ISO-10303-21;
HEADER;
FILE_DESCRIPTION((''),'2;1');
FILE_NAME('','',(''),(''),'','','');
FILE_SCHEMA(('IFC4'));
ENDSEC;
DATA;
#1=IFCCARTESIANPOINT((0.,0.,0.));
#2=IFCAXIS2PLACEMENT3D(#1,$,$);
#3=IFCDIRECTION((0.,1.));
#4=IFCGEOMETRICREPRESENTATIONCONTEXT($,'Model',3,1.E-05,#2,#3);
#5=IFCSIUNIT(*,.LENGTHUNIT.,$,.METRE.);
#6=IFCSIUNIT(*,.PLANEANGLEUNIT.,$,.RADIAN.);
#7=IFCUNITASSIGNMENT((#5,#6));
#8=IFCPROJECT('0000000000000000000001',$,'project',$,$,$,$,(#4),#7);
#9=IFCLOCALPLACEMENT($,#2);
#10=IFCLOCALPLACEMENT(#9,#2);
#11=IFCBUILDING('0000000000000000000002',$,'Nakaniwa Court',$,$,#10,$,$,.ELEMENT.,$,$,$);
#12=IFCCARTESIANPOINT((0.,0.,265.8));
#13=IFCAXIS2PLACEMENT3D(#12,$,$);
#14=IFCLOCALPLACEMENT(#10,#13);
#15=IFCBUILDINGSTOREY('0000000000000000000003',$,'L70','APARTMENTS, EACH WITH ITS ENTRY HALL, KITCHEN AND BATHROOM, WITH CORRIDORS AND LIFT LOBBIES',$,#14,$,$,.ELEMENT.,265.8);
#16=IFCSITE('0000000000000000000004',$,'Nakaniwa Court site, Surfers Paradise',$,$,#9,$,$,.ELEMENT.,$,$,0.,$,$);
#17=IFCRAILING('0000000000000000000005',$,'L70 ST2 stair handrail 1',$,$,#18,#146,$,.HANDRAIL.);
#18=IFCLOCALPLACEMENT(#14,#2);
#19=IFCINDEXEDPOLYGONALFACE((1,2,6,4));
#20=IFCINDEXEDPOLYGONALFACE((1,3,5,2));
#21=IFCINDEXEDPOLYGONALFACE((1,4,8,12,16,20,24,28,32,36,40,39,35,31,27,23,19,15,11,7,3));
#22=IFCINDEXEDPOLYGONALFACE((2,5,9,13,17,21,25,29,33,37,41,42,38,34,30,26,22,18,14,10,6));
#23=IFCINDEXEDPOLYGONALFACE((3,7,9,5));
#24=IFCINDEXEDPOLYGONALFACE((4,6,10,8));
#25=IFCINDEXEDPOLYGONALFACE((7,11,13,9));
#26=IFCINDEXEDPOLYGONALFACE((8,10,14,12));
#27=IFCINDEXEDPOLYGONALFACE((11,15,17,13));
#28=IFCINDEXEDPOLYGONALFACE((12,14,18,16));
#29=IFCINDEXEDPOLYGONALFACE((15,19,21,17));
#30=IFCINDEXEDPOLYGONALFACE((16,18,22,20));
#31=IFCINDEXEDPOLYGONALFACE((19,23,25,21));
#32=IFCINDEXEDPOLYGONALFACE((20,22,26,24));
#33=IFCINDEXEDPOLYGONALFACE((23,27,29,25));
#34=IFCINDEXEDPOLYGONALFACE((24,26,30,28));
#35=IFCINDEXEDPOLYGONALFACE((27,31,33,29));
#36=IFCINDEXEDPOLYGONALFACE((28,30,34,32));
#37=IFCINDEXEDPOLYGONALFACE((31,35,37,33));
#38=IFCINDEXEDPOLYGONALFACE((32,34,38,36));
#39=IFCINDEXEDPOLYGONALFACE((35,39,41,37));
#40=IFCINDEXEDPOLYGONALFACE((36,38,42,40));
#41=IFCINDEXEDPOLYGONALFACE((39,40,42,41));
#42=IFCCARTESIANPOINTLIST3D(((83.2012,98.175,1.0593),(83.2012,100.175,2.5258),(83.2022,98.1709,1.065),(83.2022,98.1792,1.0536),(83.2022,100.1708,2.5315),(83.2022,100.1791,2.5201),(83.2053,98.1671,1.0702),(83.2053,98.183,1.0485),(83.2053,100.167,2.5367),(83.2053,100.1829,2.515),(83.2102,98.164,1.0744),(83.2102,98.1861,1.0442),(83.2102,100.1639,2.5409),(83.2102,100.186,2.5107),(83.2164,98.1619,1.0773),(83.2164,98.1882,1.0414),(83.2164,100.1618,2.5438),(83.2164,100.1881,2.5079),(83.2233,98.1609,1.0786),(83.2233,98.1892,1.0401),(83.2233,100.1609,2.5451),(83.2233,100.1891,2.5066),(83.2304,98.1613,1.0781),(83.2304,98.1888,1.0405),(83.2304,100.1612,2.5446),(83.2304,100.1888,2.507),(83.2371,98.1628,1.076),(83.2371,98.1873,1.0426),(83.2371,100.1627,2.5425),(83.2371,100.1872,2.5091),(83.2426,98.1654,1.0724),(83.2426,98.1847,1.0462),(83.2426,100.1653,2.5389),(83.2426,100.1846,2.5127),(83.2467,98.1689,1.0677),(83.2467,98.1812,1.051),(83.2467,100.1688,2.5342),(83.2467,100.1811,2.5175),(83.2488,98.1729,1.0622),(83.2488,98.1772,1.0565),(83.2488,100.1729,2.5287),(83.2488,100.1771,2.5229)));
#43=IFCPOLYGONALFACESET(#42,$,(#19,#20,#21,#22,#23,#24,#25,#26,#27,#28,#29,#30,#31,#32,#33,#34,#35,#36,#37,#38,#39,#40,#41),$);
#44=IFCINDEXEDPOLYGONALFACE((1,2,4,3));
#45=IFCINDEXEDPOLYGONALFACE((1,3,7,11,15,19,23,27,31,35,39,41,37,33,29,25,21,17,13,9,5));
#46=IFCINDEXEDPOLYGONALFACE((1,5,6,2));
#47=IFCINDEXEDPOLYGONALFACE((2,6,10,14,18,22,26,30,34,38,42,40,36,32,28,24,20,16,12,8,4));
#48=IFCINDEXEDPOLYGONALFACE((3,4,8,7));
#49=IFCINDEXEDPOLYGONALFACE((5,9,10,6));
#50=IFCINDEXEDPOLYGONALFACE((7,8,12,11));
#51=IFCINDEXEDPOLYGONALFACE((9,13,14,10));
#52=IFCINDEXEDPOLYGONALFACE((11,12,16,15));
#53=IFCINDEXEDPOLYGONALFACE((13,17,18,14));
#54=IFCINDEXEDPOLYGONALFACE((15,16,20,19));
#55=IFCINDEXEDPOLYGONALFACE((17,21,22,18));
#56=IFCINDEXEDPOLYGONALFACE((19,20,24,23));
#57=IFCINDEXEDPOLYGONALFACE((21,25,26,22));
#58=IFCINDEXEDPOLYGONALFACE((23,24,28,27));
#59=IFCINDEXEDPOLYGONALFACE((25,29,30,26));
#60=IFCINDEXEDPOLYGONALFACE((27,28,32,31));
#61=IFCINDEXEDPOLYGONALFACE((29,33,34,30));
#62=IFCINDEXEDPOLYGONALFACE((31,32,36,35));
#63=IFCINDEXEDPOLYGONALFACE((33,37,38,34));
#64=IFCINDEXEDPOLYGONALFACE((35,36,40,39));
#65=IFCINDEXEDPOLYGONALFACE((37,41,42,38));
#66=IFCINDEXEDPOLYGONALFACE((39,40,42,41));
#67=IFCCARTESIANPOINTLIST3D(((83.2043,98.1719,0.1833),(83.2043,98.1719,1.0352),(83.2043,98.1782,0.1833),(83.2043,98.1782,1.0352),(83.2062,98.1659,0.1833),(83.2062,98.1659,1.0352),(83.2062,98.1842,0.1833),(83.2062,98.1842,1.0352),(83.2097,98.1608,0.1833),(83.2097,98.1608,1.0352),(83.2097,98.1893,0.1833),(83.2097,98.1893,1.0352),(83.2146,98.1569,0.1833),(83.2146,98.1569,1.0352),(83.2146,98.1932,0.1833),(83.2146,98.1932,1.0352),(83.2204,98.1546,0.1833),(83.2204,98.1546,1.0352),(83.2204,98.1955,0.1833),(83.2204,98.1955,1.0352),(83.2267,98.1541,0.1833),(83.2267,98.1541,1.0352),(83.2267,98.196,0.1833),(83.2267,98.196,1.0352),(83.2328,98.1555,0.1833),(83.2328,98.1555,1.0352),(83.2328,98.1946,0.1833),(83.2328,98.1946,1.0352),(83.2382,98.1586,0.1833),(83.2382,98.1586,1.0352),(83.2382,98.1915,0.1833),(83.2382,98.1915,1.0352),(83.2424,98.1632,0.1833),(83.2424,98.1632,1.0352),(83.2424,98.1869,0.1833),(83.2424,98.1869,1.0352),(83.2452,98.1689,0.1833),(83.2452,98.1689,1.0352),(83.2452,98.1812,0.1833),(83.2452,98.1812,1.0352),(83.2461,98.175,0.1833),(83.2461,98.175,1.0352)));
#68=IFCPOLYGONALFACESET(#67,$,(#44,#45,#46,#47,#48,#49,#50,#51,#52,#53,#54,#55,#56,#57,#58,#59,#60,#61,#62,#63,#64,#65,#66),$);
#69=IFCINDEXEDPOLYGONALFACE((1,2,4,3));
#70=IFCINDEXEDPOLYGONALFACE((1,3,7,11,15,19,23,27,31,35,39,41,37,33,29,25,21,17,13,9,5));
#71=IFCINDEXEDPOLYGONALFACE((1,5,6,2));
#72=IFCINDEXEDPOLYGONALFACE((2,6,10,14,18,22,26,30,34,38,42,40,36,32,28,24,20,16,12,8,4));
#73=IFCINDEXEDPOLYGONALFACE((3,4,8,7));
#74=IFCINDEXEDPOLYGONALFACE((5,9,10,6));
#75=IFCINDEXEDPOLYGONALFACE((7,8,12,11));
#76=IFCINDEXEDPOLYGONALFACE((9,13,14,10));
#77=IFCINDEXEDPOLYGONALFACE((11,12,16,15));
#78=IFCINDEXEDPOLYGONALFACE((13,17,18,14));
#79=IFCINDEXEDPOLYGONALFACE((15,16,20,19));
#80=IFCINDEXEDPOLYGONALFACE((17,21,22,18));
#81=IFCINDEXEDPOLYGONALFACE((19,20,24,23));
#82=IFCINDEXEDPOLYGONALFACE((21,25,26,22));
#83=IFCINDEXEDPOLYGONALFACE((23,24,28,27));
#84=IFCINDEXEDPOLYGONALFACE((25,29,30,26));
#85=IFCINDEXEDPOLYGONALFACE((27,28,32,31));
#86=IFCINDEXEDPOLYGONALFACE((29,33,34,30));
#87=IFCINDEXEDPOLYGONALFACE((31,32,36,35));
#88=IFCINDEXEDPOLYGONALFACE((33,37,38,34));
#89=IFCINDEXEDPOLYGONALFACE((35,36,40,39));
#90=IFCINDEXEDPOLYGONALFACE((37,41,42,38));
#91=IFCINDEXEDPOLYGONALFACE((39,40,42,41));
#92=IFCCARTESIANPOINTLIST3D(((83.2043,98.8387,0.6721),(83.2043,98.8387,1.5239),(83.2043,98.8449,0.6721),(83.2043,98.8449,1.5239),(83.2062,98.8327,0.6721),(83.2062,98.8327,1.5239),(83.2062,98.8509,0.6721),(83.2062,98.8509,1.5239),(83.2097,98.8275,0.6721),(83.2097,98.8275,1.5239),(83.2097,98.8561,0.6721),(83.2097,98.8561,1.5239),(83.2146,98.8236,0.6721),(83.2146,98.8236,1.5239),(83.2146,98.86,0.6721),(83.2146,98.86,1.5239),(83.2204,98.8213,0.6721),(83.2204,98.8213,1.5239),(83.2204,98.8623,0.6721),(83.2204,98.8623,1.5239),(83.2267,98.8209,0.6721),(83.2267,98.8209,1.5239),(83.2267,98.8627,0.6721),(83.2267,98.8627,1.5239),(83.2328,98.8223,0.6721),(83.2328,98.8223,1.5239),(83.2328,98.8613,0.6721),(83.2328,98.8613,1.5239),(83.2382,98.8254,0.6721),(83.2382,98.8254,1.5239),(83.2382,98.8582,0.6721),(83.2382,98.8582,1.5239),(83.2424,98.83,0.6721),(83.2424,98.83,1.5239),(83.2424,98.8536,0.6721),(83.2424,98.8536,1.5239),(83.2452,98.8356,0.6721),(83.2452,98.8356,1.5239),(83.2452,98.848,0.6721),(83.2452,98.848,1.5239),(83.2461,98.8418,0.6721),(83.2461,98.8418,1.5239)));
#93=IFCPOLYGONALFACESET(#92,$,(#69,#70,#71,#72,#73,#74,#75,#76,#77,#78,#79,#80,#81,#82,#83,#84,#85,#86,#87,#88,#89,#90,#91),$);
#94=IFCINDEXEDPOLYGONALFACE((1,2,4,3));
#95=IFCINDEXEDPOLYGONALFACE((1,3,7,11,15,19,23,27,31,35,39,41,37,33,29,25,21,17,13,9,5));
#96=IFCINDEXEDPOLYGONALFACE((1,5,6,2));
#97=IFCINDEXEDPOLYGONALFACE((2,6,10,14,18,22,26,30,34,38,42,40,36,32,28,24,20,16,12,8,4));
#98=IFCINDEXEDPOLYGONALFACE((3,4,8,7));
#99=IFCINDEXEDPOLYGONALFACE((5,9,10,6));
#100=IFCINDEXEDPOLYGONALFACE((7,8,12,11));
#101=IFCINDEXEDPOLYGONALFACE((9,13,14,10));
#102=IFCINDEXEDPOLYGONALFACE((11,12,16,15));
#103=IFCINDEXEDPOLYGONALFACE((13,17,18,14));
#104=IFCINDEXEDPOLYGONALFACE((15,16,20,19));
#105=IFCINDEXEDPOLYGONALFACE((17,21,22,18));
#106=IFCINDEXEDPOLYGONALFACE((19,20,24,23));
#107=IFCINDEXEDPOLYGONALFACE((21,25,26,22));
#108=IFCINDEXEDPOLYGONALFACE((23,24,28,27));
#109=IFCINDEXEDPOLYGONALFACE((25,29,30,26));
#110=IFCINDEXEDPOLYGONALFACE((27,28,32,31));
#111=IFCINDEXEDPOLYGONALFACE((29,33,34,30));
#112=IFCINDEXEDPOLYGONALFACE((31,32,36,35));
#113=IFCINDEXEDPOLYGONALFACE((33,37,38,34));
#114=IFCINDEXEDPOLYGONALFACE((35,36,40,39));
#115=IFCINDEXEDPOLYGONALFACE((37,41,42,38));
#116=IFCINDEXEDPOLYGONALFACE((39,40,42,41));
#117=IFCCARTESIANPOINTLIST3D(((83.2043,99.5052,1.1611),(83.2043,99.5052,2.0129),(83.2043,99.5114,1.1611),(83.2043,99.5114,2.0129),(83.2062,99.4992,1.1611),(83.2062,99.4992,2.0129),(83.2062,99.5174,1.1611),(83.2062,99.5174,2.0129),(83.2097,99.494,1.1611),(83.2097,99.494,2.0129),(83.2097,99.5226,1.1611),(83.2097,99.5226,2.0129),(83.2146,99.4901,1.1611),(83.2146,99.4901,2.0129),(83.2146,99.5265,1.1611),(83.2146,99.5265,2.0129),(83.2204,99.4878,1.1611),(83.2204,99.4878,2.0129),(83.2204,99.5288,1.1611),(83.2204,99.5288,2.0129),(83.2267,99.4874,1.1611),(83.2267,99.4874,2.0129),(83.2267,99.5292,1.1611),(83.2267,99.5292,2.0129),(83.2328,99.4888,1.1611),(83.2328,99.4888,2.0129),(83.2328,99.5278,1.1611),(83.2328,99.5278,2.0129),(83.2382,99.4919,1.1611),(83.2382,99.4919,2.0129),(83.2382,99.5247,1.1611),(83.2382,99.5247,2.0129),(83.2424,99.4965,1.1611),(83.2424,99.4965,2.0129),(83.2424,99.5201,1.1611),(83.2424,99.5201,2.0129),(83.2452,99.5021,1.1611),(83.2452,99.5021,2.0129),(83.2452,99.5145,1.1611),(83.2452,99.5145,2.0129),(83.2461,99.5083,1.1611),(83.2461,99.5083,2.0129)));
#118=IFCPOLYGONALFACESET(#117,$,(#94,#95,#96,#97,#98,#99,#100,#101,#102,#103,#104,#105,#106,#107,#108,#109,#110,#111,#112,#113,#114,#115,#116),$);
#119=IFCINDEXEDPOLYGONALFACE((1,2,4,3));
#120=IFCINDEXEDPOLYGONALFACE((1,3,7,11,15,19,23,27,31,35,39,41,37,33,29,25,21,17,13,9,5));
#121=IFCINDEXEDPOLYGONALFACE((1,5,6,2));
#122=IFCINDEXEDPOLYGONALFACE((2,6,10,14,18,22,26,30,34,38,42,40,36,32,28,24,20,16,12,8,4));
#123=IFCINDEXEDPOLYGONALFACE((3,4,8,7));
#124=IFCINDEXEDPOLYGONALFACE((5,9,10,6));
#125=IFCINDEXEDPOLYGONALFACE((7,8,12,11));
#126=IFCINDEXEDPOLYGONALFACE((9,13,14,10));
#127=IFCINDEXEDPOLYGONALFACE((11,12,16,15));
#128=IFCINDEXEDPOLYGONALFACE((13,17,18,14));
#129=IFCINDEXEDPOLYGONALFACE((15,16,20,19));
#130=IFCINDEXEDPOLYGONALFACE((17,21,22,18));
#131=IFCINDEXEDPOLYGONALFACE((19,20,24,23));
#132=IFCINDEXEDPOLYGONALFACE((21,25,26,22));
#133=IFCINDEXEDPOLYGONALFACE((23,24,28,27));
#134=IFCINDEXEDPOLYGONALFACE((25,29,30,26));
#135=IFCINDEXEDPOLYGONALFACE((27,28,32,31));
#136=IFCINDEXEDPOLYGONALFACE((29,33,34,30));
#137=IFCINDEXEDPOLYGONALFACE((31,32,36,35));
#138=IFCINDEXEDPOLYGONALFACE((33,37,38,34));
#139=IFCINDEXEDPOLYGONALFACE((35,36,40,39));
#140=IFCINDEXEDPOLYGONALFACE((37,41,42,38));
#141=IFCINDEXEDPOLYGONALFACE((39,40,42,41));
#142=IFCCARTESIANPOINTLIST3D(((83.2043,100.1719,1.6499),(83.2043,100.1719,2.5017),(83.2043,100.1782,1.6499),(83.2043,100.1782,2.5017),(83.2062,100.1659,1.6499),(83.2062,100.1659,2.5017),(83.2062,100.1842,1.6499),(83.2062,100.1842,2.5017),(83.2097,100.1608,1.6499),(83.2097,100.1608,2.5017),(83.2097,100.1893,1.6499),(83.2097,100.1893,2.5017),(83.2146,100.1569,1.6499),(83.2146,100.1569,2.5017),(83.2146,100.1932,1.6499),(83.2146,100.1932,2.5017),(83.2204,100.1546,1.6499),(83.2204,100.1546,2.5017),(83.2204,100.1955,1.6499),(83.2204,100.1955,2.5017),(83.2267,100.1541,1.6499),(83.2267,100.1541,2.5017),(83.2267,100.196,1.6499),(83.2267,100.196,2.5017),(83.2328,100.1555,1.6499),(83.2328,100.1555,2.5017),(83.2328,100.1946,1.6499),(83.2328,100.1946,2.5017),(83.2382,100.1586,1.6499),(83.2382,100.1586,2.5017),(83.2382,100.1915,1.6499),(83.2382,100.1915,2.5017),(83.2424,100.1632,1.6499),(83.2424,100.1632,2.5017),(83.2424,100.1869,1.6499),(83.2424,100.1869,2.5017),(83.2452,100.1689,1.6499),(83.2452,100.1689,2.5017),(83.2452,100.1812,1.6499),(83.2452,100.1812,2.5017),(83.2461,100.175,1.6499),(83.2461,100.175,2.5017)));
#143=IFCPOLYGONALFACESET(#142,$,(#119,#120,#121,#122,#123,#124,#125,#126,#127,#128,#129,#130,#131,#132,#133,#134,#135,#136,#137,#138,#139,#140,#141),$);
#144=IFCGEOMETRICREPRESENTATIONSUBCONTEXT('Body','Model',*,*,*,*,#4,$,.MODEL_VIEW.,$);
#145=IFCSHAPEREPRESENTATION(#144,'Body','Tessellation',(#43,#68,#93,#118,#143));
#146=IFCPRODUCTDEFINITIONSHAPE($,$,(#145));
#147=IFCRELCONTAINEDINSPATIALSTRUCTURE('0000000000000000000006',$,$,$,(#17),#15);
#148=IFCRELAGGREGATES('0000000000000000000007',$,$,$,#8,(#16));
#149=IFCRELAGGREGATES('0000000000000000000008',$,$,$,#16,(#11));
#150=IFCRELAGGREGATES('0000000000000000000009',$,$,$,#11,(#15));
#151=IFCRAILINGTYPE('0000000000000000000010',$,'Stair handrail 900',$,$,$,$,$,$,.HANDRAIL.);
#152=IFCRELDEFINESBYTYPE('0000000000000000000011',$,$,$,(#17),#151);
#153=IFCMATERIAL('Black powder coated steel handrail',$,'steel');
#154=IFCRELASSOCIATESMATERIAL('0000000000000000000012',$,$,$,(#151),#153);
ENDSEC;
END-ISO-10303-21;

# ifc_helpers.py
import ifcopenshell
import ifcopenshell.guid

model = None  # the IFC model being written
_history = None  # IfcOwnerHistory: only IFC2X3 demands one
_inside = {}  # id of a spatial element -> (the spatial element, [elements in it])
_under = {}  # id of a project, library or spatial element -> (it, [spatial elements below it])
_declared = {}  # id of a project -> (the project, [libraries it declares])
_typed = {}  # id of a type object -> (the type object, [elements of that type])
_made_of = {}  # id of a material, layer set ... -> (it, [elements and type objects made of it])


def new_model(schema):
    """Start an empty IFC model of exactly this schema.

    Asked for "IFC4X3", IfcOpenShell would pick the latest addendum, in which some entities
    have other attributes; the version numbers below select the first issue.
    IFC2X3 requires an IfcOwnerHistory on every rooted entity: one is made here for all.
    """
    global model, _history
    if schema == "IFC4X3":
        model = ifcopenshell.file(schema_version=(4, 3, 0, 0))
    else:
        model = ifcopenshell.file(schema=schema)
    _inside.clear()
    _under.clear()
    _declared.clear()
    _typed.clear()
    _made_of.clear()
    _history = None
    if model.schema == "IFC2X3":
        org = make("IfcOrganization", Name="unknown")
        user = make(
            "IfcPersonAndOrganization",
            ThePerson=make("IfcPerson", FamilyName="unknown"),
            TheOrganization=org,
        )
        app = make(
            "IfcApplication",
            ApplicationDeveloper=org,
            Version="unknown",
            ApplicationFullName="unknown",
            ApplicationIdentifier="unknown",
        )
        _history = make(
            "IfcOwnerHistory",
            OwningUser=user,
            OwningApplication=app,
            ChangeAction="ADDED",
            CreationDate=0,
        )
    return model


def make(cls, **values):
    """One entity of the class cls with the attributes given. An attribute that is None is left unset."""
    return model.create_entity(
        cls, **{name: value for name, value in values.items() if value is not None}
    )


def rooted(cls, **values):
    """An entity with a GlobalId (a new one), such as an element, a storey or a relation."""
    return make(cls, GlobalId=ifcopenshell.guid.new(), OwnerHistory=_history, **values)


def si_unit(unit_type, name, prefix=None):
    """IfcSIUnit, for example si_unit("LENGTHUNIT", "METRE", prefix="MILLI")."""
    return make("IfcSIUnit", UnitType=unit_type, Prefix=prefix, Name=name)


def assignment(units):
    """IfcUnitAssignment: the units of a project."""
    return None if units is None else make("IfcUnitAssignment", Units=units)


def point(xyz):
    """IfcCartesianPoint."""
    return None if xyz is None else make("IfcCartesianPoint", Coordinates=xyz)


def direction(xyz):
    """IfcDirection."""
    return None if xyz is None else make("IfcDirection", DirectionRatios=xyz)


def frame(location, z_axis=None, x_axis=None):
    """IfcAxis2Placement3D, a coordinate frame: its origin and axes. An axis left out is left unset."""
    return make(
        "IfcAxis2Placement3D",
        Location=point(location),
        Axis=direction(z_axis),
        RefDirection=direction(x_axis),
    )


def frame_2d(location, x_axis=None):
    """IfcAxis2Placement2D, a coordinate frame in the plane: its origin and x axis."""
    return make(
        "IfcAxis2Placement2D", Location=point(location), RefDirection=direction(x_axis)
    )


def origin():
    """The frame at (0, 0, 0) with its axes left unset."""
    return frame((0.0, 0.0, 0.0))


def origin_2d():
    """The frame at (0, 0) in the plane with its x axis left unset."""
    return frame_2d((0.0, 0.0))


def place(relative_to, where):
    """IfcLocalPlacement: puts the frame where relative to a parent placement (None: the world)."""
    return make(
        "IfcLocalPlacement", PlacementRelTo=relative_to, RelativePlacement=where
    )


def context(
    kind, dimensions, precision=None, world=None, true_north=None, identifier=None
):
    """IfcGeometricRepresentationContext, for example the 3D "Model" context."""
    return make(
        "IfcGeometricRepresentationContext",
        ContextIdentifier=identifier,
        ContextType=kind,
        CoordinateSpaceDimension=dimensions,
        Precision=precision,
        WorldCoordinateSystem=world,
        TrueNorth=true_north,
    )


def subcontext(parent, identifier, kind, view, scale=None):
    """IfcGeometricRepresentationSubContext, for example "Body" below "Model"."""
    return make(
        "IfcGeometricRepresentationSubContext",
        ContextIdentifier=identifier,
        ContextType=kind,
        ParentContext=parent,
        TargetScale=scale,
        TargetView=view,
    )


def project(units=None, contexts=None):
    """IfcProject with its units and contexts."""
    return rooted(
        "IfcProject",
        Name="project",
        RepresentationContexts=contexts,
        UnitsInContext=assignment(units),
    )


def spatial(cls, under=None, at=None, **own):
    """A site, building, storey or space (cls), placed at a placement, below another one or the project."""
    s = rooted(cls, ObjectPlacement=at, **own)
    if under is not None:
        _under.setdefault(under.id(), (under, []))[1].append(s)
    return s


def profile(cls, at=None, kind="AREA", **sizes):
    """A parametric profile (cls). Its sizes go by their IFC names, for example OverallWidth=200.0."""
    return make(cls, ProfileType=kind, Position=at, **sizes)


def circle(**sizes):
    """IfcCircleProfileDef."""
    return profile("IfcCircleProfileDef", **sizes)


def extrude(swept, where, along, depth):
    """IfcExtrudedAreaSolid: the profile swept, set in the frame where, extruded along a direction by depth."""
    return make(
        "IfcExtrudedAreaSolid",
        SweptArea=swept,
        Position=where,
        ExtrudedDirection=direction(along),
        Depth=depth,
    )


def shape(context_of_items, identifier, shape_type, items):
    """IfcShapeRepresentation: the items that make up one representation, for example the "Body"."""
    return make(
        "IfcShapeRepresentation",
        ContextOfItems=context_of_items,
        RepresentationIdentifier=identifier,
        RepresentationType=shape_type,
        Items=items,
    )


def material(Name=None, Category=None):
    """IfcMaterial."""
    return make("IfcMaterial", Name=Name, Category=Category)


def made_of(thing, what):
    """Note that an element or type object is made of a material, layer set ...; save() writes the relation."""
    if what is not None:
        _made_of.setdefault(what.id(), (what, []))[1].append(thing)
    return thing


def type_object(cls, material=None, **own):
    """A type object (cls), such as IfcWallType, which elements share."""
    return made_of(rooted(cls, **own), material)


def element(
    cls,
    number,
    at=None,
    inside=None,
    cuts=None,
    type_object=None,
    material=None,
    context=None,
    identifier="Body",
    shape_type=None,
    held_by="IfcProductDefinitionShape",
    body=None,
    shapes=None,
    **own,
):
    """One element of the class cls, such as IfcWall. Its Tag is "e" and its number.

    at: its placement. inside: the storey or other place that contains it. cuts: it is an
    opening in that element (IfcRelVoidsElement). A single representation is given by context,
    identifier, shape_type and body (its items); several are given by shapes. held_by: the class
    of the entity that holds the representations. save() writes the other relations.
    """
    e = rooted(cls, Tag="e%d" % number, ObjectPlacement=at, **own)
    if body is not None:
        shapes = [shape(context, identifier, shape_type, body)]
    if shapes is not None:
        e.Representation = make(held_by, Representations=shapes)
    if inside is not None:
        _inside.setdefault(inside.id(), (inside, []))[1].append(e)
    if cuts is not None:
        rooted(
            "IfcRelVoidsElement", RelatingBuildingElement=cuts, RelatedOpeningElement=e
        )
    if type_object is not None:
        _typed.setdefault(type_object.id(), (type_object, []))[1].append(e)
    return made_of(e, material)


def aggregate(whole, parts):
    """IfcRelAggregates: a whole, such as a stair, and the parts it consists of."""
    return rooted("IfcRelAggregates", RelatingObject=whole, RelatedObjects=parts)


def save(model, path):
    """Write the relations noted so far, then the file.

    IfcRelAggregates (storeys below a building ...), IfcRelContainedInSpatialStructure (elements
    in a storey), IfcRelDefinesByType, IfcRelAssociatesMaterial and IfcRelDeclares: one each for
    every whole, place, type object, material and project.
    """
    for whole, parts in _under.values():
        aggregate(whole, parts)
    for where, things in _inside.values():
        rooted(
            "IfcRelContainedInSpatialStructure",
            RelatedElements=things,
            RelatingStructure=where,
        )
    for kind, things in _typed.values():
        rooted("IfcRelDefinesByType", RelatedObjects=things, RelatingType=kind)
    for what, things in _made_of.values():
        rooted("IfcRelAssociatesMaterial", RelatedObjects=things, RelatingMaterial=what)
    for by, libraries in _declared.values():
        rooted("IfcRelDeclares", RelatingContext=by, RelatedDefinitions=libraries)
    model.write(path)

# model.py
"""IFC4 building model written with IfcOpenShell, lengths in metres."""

from ifc_helpers import new_model, si_unit, direction, frame, origin, origin_2d, place, context, subcontext, project, spatial, circle, extrude, material, type_object, element, save


model = new_model("IFC4")

# Units and contexts
model_context = context("Model", 3, precision=1e-05, world=origin(), true_north=direction((0.0, 1.0)))
body_context = subcontext(model_context, "Body", "Model", "MODEL_VIEW")
ifc_project = project(units=[si_unit("LENGTHUNIT", "METRE"), si_unit("PLANEANGLEUNIT", "RADIAN")], contexts=[model_context])

# Site, building, storey
site_placement = place(None, origin())
site = spatial("IfcSite", under=ifc_project, at=site_placement, Name="Nakaniwa Court site, Surfers Paradise", CompositionType="ELEMENT", RefElevation=0.0)
building_placement = place(site_placement, origin())
building = spatial("IfcBuilding", under=site, at=building_placement, Name="Nakaniwa Court", CompositionType="ELEMENT")
storey_placement = place(building_placement, frame((0.0, 0.0, 265.8)))
storey = spatial("IfcBuildingStorey", under=building, at=storey_placement, Name="L70", Description="APARTMENTS, EACH WITH ITS ENTRY HALL, KITCHEN AND BATHROOM, WITH CORRIDORS AND LIFT LOBBIES", CompositionType="ELEMENT", Elevation=265.8)

# Railing
ifc_material_1 = material(Name="Black powder coated steel handrail", Category="steel")
railing_type_1 = type_object("IfcRailingType", Name="Stair handrail 900", PredefinedType="HANDRAIL", material=ifc_material_1)
railing_1_placement = place(storey_placement, frame((83.2251, 98.175, 0.1833)))
element("IfcRailing", 1, at=railing_1_placement, inside=storey, type_object=railing_type_1, Name="L70 ST2 stair handrail 1", PredefinedType="HANDRAIL", context=body_context, shape_type="SweptSolid", body=[
    extrude(circle(Radius=0.0239, at=origin_2d()), frame((0.0, 0.0, 0.876), z_axis=(0.0, 0.806427, 0.591334), x_axis=(-1.0, 0.0, 0.0)), (0.0, 0.0, 1.0), 2.48),
    extrude(circle(Radius=0.021, at=origin_2d()), origin(), (0.0, 0.0, 1.0), 0.8518),
    extrude(circle(Radius=0.021, at=origin_2d()), frame((0.0, 0.6667, 0.4888)), (0.0, 0.0, 1.0), 0.8518),
    extrude(circle(Radius=0.021, at=origin_2d()), frame((0.0, 1.3333, 0.9778)), (0.0, 0.0, 1.0), 0.8518),
    extrude(circle(Radius=0.021, at=origin_2d()), frame((0.0, 2.0, 1.4666)), (0.0, 0.0, 1.0), 0.8518),
])

save(model, "model.ifc")
